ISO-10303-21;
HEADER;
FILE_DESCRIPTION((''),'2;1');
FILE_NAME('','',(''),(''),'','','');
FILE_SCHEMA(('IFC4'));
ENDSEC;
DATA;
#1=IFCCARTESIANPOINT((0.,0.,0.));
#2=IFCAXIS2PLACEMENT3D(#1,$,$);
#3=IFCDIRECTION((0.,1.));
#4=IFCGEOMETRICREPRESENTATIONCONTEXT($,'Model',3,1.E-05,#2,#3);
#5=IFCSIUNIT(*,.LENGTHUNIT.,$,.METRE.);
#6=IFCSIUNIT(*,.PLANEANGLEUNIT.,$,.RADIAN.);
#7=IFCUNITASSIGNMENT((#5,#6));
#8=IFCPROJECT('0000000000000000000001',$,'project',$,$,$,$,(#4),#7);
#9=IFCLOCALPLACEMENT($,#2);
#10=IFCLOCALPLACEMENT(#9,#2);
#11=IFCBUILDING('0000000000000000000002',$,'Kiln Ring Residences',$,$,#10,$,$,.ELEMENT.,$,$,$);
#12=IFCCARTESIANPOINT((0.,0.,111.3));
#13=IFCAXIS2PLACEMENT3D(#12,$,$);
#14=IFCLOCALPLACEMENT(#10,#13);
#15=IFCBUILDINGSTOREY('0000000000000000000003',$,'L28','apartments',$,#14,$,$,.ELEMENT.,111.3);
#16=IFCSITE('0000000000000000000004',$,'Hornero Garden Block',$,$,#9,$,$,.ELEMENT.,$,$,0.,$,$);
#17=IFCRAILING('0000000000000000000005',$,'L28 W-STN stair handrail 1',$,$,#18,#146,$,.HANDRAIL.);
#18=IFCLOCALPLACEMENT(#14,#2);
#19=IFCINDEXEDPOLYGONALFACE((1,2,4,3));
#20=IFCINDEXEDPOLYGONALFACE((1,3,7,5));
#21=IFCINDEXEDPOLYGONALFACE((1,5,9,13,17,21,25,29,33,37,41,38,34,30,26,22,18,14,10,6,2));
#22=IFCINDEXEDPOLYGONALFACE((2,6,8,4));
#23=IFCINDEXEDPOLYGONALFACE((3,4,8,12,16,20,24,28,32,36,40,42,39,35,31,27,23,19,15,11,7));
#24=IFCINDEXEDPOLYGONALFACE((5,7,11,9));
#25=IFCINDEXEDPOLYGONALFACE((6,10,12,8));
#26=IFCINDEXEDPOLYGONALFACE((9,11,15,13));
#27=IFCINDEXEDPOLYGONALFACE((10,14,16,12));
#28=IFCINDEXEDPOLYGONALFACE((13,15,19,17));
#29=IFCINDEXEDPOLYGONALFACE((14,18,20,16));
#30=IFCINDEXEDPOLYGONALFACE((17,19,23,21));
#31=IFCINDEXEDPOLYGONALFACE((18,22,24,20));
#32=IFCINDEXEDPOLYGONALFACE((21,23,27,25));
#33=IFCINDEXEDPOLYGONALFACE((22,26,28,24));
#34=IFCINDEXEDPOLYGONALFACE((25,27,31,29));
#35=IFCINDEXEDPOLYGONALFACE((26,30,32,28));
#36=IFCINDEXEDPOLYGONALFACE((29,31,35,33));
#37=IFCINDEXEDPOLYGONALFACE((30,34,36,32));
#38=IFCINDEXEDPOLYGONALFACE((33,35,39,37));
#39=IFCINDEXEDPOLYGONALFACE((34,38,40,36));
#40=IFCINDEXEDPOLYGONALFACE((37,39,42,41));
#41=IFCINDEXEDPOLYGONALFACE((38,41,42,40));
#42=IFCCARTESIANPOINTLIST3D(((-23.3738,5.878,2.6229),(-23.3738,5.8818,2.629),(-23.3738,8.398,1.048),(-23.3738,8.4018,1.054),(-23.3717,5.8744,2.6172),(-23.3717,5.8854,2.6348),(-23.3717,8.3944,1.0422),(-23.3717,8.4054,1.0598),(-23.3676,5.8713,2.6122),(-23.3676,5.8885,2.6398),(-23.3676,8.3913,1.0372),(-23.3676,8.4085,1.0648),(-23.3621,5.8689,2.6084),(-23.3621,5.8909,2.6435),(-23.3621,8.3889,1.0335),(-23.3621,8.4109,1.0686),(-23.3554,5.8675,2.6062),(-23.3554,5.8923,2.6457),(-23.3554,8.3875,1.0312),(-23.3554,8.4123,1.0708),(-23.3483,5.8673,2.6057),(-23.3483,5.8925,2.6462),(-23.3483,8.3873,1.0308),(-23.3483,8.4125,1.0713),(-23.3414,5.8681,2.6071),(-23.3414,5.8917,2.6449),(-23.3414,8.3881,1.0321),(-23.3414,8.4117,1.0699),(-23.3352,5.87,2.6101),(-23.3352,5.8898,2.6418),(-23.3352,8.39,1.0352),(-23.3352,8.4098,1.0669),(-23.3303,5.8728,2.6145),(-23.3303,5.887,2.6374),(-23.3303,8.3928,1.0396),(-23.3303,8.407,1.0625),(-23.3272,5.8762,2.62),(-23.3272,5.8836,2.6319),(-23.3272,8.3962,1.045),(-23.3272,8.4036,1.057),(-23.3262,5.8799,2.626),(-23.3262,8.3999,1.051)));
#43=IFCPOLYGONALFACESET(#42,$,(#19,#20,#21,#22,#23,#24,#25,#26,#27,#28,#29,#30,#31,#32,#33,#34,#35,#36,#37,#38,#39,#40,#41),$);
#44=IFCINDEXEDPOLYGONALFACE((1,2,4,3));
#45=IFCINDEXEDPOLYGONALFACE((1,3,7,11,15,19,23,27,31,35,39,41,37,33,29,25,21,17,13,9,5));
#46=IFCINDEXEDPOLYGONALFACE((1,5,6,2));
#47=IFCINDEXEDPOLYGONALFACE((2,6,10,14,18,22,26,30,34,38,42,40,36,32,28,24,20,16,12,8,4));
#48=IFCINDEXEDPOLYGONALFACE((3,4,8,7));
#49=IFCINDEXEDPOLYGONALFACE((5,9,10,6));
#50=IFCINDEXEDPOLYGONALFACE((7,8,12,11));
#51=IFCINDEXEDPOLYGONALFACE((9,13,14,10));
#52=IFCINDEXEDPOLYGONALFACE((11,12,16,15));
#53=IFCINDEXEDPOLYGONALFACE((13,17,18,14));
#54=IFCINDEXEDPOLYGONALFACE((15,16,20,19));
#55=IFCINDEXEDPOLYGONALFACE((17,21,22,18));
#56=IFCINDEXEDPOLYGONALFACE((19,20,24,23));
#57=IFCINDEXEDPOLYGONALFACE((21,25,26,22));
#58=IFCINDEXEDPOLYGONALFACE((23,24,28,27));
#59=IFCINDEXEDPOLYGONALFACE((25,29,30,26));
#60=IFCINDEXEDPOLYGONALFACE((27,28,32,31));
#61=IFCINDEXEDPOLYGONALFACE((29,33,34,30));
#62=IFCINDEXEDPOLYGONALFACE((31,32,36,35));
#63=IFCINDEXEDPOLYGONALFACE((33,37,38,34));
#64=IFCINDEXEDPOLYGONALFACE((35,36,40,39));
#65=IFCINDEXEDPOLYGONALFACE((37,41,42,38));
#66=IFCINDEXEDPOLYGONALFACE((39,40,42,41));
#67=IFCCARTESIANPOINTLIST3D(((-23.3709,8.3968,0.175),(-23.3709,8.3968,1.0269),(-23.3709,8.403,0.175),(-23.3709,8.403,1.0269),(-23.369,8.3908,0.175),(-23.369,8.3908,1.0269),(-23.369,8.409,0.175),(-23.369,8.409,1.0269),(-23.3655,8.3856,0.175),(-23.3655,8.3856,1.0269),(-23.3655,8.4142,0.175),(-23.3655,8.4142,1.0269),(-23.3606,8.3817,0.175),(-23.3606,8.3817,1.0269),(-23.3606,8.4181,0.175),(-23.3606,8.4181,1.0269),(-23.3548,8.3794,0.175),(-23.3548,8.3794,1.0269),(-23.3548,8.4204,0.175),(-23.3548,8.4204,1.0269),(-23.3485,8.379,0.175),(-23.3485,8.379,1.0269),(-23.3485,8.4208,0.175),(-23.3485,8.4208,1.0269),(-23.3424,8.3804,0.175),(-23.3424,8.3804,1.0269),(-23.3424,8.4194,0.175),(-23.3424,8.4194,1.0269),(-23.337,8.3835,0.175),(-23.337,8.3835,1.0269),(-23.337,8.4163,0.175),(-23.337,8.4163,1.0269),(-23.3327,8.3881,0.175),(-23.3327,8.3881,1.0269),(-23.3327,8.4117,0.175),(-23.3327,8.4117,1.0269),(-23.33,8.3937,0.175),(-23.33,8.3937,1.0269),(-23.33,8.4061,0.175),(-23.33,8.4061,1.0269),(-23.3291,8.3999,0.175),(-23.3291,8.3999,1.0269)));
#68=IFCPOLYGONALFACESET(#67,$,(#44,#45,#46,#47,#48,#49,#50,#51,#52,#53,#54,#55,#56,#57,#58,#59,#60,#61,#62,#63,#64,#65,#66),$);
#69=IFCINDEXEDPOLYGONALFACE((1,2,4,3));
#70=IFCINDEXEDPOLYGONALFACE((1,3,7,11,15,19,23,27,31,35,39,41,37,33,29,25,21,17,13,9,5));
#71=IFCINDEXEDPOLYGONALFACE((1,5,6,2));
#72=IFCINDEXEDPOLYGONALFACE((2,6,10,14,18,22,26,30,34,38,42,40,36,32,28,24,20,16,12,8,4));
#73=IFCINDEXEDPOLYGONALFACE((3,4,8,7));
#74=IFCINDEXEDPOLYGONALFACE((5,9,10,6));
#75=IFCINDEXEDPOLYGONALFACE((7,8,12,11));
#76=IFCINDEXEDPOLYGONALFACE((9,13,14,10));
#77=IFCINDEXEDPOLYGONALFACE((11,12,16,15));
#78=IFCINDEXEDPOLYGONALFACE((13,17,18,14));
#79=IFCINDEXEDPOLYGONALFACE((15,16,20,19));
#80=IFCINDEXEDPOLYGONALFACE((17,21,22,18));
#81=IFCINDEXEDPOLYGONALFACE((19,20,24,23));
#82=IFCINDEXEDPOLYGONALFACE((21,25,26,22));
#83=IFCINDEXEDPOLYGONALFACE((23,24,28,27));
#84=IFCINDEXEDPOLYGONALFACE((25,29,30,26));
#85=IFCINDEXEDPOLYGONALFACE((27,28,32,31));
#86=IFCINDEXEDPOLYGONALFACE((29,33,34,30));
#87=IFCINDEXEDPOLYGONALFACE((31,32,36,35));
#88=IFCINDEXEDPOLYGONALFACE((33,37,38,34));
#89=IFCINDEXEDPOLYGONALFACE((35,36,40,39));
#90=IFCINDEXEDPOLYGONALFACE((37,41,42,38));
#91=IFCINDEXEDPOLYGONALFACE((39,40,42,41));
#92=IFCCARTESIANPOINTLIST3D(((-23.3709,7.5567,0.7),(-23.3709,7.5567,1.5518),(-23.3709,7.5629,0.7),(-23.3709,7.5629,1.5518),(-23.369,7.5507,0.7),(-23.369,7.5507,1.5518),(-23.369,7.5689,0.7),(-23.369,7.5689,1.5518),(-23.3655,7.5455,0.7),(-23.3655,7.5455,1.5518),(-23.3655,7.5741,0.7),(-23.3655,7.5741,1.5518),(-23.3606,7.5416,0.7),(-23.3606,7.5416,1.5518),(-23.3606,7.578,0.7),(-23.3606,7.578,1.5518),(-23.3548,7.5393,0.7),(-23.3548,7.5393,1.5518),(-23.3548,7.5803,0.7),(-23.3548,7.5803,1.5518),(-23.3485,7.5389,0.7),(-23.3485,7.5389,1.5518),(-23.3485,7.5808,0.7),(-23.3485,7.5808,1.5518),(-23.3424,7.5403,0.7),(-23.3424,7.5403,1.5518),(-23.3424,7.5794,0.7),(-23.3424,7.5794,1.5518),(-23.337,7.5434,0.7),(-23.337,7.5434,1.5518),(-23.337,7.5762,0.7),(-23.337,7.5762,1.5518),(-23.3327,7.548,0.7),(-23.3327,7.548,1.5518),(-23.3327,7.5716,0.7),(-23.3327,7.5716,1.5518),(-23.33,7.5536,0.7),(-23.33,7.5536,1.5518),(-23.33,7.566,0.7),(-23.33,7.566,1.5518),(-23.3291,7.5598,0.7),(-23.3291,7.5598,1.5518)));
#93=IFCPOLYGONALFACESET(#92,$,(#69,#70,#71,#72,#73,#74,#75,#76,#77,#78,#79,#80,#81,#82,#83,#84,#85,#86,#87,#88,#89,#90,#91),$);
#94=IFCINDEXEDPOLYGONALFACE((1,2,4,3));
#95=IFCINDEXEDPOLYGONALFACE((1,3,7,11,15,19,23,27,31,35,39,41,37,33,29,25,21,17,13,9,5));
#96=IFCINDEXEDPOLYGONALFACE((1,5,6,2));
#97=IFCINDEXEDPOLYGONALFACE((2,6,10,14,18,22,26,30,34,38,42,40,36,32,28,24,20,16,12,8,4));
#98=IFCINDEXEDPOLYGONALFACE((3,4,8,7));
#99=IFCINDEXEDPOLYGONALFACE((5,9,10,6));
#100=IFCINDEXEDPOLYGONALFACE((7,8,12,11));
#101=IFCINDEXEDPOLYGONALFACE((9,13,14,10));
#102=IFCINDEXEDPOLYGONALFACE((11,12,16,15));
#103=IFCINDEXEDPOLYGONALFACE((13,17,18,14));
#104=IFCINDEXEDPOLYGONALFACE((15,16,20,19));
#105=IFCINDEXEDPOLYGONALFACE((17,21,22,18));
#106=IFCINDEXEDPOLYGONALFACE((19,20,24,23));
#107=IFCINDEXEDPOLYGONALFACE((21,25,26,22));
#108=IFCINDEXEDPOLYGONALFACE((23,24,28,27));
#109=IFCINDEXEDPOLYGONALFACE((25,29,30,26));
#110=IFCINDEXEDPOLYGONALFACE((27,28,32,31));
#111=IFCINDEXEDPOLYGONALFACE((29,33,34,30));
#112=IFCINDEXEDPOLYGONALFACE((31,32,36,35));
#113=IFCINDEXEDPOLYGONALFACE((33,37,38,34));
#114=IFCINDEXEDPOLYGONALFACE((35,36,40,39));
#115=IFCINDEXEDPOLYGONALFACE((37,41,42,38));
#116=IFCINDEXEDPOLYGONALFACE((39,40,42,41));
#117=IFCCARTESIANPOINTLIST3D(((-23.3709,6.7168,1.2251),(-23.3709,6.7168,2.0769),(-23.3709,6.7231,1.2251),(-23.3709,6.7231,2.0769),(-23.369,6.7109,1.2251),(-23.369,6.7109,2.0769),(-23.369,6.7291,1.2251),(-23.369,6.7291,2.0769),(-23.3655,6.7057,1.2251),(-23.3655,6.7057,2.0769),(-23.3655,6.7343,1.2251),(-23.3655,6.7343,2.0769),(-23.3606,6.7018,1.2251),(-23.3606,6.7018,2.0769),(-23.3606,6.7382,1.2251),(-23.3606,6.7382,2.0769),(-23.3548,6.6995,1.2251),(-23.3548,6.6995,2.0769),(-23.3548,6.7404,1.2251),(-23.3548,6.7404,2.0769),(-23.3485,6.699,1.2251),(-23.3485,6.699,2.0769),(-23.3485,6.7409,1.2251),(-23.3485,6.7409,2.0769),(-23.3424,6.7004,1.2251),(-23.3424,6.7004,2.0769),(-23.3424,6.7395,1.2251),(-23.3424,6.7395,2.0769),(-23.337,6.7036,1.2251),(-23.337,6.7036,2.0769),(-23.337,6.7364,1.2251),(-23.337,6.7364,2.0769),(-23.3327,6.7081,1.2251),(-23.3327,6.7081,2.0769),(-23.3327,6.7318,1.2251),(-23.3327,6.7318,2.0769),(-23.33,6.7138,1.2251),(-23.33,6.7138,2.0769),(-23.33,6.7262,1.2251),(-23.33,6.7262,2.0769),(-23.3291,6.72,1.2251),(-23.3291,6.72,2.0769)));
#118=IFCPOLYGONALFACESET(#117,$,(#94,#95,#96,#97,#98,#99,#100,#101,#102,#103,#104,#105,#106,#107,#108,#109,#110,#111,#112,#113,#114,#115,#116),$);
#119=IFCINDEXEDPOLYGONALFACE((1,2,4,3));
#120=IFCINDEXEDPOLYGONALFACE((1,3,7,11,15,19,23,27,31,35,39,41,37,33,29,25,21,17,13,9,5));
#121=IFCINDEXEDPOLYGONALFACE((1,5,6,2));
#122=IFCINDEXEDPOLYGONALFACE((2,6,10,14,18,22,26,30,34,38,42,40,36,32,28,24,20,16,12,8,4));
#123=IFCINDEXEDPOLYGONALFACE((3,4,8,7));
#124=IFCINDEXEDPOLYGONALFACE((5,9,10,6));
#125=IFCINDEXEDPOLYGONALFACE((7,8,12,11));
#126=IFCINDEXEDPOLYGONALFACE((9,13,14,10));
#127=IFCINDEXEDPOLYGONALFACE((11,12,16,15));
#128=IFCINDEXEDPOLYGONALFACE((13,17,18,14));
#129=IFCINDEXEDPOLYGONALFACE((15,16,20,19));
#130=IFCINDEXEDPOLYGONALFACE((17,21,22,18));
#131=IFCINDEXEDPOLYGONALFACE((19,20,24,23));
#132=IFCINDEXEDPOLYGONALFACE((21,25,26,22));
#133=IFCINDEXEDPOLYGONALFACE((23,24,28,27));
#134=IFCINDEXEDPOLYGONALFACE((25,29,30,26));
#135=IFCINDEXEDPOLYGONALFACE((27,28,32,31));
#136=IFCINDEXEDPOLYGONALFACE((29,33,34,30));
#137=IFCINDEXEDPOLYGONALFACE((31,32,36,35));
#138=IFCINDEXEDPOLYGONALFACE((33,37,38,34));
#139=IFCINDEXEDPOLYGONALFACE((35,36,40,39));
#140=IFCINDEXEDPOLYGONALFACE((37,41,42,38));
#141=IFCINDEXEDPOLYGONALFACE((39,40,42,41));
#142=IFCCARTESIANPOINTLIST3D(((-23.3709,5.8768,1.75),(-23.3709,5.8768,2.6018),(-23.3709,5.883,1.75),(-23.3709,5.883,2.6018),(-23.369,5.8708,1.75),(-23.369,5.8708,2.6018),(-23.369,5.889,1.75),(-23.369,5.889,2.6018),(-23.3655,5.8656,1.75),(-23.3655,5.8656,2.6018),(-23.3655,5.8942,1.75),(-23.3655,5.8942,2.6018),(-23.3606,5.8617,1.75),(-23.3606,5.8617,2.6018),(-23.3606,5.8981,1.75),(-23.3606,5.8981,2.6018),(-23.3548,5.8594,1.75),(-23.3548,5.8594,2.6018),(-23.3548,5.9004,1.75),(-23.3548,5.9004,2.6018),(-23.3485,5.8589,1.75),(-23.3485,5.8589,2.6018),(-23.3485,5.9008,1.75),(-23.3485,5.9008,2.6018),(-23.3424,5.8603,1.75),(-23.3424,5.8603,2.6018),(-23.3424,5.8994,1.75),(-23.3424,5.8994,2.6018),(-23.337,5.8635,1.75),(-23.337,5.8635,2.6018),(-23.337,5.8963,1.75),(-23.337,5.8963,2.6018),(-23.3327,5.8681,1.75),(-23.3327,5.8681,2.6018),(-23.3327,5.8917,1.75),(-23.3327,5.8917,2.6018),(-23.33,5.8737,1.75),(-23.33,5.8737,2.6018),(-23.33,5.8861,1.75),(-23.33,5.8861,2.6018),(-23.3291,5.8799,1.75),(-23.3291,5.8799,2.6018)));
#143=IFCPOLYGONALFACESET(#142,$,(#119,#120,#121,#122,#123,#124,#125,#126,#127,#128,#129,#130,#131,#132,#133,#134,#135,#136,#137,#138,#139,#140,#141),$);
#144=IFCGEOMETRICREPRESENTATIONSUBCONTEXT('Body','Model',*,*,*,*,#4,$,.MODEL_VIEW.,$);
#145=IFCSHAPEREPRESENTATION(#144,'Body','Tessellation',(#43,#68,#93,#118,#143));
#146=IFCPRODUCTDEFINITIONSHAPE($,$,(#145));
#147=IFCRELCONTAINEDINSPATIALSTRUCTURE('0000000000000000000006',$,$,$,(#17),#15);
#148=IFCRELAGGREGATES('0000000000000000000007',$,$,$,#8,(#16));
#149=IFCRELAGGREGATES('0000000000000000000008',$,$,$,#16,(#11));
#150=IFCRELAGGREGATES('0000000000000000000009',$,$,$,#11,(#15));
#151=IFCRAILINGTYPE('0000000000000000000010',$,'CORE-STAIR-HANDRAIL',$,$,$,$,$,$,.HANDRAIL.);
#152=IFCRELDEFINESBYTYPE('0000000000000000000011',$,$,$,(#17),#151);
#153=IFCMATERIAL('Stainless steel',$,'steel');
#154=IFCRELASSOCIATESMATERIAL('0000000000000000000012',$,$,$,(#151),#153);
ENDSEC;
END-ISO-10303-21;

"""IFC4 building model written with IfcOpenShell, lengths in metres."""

from ifc_helpers import new_model, si_unit, direction, frame, origin, origin_2d, place, context, subcontext, project, spatial, circle, extrude, material, type_object, element, save


model = new_model("IFC4")

# Units and contexts
model_context = context("Model", 3, precision=1e-05, world=origin(), true_north=direction((0.0, 1.0)))
body_context = subcontext(model_context, "Body", "Model", "MODEL_VIEW")
ifc_project = project(units=[si_unit("LENGTHUNIT", "METRE"), si_unit("PLANEANGLEUNIT", "RADIAN")], contexts=[model_context])

# Site, building, storey
site_placement = place(None, origin())
site = spatial("IfcSite", under=ifc_project, at=site_placement, Name="Hornero Garden Block", CompositionType="ELEMENT", RefElevation=0.0)
building_placement = place(site_placement, origin())
building = spatial("IfcBuilding", under=site, at=building_placement, Name="Kiln Ring Residences", CompositionType="ELEMENT")
storey_placement = place(building_placement, frame((0.0, 0.0, 111.3)))
storey = spatial("IfcBuildingStorey", under=building, at=storey_placement, Name="L28", Description="apartments", CompositionType="ELEMENT", Elevation=111.3)

# Railing
ifc_material_1 = material(Name="Stainless steel", Category="steel")
railing_type_1 = type_object("IfcRailingType", Name="CORE-STAIR-HANDRAIL", PredefinedType="HANDRAIL", material=ifc_material_1)
railing_1_placement = place(storey_placement, frame((-23.3501, 8.3999, 0.175)))
element("IfcRailing", 1, at=railing_1_placement, inside=storey, type_object=railing_type_1, Name="L28 W-STN stair handrail 1", PredefinedType="HANDRAIL", context=body_context, shape_type="SweptSolid", body=[
    extrude(circle(Radius=0.0239, at=origin_2d()), frame((0.0, 0.0, 0.876), z_axis=(0.0, -0.848008, 0.529984), x_axis=(1.0, 0.0, 0.0)), (0.0, 0.0, 1.0), 2.9717),
    extrude(circle(Radius=0.021, at=origin_2d()), origin(), (0.0, 0.0, 1.0), 0.8518),
    extrude(circle(Radius=0.021, at=origin_2d()), frame((0.0, -0.8401, 0.5249)), (0.0, 0.0, 1.0), 0.8518),
    extrude(circle(Radius=0.021, at=origin_2d()), frame((0.0, -1.6799, 1.05)), (0.0, 0.0, 1.0), 0.8518),
    extrude(circle(Radius=0.021, at=origin_2d()), frame((0.0, -2.52, 1.575)), (0.0, 0.0, 1.0), 0.8518),
])

save(model, "model.ifc")
